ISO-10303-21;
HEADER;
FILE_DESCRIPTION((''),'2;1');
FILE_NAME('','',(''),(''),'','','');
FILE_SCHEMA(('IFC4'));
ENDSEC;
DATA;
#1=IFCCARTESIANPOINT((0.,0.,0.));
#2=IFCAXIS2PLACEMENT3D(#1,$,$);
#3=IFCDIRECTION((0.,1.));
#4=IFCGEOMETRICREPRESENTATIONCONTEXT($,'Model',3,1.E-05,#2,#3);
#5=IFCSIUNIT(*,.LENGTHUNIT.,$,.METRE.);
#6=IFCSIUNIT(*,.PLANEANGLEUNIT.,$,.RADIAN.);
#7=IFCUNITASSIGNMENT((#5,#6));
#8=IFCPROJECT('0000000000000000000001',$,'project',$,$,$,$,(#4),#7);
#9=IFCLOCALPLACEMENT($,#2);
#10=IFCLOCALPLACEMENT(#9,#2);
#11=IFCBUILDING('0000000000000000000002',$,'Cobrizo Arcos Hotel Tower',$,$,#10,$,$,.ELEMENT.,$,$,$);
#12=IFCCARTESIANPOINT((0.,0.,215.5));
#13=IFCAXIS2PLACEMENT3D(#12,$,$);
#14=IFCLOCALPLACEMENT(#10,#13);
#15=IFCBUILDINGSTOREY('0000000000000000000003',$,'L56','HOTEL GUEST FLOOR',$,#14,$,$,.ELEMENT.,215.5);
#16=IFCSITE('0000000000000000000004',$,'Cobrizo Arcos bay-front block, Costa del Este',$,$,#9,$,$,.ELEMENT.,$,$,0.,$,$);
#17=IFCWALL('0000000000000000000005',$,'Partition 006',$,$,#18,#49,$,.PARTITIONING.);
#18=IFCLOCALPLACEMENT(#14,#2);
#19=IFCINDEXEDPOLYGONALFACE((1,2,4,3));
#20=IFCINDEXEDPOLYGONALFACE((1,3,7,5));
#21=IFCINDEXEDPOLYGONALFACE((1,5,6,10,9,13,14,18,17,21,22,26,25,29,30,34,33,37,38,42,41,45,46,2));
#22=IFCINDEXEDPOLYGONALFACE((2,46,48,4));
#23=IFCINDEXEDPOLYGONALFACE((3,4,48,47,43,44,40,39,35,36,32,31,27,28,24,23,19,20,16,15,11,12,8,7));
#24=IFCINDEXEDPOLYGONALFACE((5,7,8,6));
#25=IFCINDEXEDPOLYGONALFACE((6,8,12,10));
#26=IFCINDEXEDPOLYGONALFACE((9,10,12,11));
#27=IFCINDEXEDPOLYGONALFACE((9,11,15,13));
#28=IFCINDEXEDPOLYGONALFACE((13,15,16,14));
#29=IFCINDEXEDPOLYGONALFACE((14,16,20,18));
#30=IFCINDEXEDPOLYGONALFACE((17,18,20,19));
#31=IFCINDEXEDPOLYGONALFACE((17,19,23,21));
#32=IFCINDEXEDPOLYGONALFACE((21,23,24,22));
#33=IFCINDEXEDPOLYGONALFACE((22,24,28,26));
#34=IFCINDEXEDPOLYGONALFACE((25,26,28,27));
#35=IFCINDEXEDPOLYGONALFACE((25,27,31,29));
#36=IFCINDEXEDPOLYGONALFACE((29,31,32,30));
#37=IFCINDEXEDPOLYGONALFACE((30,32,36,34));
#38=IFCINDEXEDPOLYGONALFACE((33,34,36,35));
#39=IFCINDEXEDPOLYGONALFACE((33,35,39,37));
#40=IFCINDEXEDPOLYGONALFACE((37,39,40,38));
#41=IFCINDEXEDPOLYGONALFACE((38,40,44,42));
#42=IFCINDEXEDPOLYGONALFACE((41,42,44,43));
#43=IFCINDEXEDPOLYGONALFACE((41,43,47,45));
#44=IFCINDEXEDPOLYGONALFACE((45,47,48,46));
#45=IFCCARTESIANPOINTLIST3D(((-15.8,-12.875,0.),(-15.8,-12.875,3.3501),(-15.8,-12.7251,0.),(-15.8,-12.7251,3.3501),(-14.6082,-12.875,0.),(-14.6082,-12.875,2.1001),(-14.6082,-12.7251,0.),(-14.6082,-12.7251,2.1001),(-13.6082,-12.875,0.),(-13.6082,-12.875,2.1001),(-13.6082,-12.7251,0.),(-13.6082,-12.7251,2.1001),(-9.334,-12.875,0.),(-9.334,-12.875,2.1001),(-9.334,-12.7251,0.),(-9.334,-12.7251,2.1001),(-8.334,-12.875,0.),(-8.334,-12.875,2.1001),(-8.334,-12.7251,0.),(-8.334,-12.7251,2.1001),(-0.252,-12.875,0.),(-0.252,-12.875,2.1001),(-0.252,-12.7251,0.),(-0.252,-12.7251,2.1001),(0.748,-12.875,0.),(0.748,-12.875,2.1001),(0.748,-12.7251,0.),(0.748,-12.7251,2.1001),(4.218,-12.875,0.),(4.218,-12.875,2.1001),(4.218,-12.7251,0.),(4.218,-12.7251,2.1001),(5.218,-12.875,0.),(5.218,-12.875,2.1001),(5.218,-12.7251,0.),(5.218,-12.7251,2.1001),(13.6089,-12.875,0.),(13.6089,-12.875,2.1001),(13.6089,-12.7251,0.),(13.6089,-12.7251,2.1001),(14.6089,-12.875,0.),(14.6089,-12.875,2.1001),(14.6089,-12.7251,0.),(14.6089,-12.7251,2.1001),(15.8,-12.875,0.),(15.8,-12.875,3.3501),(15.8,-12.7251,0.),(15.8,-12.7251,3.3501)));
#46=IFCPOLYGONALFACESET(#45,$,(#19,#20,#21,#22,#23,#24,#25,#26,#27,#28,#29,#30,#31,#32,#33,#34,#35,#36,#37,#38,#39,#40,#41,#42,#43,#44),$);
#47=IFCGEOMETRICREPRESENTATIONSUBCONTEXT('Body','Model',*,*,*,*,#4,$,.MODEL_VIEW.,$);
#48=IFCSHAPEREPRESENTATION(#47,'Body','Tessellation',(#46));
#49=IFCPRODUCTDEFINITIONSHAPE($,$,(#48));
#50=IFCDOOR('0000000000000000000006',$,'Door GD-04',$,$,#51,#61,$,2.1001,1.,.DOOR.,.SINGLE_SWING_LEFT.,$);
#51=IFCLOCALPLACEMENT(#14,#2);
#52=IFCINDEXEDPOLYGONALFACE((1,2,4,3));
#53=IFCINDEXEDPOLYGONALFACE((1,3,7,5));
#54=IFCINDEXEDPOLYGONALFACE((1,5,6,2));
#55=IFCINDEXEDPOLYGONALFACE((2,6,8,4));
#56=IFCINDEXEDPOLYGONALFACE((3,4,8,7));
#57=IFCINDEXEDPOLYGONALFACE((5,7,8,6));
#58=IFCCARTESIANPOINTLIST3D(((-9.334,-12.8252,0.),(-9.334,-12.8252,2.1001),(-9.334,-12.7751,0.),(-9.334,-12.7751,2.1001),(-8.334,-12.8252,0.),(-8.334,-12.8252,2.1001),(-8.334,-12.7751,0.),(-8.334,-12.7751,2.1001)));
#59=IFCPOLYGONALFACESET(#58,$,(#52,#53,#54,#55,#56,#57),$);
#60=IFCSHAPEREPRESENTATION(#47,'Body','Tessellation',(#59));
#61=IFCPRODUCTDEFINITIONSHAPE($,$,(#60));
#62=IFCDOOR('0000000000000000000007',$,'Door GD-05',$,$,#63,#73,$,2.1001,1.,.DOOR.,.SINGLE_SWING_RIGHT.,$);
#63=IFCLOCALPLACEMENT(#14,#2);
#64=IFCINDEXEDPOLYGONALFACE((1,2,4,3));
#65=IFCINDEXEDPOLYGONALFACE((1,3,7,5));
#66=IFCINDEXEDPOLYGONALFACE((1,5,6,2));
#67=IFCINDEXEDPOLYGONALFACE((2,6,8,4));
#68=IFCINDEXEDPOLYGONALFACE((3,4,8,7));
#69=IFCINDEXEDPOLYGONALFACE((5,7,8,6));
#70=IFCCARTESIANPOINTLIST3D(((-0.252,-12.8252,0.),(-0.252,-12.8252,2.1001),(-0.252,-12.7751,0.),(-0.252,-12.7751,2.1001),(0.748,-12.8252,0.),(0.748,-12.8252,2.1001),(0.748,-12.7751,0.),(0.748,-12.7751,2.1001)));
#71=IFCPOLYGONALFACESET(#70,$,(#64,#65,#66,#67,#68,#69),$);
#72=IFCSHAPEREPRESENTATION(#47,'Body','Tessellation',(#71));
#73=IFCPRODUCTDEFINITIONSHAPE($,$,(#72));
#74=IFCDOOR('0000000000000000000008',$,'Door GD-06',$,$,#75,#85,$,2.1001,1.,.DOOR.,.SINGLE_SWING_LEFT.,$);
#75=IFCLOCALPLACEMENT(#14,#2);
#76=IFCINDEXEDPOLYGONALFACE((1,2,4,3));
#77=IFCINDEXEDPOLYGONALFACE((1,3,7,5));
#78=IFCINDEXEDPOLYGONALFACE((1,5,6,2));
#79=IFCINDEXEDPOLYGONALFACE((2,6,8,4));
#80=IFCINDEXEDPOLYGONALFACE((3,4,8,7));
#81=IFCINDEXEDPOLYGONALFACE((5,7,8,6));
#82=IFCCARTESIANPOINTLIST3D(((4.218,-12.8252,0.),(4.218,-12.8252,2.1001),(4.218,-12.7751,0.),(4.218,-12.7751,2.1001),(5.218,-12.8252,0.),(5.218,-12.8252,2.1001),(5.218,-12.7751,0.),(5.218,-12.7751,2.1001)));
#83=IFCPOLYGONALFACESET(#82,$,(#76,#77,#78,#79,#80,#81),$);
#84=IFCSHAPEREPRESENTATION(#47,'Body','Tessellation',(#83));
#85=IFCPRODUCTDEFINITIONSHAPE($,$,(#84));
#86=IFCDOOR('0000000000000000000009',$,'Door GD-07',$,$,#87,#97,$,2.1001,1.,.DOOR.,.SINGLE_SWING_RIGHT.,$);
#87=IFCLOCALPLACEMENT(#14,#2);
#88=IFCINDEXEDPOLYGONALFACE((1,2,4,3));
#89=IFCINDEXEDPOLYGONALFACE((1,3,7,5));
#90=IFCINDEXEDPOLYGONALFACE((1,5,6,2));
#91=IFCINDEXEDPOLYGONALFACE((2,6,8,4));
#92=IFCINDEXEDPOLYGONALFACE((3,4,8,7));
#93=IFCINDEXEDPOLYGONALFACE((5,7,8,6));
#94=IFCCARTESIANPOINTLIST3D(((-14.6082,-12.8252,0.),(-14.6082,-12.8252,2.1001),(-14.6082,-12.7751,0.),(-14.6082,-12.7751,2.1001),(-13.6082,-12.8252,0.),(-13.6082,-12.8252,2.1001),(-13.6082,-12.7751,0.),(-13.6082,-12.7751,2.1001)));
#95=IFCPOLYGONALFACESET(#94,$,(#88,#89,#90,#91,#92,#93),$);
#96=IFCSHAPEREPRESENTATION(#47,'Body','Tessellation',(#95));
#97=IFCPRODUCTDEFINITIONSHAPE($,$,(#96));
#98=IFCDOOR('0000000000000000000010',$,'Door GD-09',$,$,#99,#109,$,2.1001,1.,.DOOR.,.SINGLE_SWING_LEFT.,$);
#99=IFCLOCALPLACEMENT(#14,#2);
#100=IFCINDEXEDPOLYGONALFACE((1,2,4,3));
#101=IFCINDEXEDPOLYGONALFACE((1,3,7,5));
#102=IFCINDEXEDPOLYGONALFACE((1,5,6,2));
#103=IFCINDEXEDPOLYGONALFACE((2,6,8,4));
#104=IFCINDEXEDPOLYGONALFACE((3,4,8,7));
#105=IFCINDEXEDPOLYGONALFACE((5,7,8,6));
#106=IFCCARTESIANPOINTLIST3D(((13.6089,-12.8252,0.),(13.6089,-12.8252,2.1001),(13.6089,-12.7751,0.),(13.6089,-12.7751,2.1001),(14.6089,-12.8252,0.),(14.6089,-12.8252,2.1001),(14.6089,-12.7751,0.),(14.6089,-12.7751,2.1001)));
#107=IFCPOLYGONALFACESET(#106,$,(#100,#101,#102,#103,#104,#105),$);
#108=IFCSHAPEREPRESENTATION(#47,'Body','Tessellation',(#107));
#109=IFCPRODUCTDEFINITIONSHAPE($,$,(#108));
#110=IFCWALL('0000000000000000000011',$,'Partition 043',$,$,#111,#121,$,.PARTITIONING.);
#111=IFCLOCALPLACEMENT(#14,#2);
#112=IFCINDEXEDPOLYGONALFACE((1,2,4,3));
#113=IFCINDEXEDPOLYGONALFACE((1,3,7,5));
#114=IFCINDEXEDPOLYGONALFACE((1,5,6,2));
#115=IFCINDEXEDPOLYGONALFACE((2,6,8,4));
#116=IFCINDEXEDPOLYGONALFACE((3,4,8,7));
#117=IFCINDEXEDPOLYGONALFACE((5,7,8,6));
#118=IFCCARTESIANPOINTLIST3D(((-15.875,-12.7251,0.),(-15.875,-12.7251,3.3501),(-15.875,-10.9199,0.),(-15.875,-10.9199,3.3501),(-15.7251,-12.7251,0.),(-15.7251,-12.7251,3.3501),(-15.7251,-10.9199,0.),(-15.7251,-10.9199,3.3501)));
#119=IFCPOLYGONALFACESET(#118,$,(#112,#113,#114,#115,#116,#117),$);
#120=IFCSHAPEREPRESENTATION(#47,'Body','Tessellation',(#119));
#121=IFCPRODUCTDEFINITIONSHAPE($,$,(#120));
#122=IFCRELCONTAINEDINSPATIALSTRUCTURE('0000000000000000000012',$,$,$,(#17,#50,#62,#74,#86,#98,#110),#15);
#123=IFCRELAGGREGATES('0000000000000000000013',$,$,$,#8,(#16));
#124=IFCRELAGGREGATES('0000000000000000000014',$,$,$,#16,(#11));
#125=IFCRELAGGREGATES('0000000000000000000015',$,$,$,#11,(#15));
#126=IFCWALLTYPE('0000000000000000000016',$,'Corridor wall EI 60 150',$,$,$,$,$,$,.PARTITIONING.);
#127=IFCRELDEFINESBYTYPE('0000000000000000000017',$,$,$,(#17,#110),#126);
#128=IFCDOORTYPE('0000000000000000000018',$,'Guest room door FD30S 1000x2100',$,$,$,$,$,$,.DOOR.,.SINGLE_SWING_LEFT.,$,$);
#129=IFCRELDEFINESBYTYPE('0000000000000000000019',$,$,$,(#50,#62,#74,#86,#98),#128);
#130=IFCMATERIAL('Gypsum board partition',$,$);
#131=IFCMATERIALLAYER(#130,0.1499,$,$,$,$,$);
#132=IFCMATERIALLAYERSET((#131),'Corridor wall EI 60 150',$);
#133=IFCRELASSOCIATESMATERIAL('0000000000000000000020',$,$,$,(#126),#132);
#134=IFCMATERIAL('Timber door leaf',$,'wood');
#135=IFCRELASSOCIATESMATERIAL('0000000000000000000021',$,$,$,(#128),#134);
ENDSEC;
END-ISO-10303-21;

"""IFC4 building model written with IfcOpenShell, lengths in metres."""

from ifc_helpers import new_model, si_unit, direction, frame, frame_2d, origin, place, context, subcontext, project, spatial, rectangle, extrude, material, layer, layer_set, type_object, element, fill, save


model = new_model("IFC4")

# Units and contexts
model_context = context("Model", 3, precision=1e-05, world=origin(), true_north=direction((0.0, 1.0)))
body_context = subcontext(model_context, "Body", "Model", "MODEL_VIEW")
ifc_project = project(units=[si_unit("LENGTHUNIT", "METRE"), si_unit("PLANEANGLEUNIT", "RADIAN")], contexts=[model_context])

# Site, building, storey
site_placement = place(None, origin())
site = spatial("IfcSite", under=ifc_project, at=site_placement, Name="Cobrizo Arcos bay-front block, Costa del Este", CompositionType="ELEMENT", RefElevation=0.0)
building_placement = place(site_placement, origin())
building = spatial("IfcBuilding", under=site, at=building_placement, Name="Cobrizo Arcos Hotel Tower", CompositionType="ELEMENT")
storey_placement = place(building_placement, frame((0.0, 0.0, 215.5)))
storey = spatial("IfcBuildingStorey", under=building, at=storey_placement, Name="L56", Description="HOTEL GUEST FLOOR", CompositionType="ELEMENT", Elevation=215.5)

# Wall, openings, doors
ifc_material_1 = material(Name="Gypsum board partition")
ifc_layer_1 = layer(ifc_material_1, 0.1499)
ifc_layer_set_1 = layer_set([ifc_layer_1], Name="Corridor wall EI 60 150")
wall_type_1 = type_object("IfcWallType", Name="Corridor wall EI 60 150", PredefinedType="PARTITIONING", material=ifc_layer_set_1)
wall_1_placement = place(storey_placement, frame((-15.8, -12.8, 0.0), z_axis=(0.0, 0.0, 1.0), x_axis=(1.0, 0.0, 0.0)))
wall_1 = element("IfcWall", 1, at=wall_1_placement, inside=storey, type_object=wall_type_1, Name="Partition 006", PredefinedType="PARTITIONING", context=body_context, shape_type="SweptSolid", body=[
    extrude(rectangle(XDim=31.6001, YDim=0.1499, at=frame_2d((15.8, 0.0))), origin(), (0.0, 0.0, 1.0), 3.3501),
])
opening_1_placement = place(wall_1_placement, frame((6.4661, 0.0, 0.0)))
opening_1 = element("IfcOpeningElement", 2, at=opening_1_placement, cuts=wall_1, PredefinedType="OPENING", context=body_context, shape_type="SweptSolid", body=[
    extrude(rectangle(XDim=1.0, YDim=2.1001, at=frame_2d((0.5, 1.05))), frame((0.0, 0.0869, 0.0), z_axis=(0.0, -1.0, 0.0), x_axis=(1.0, 0.0, 0.0)), (0.0, 0.0, 1.0), 0.1738),
])
opening_2_placement = place(wall_1_placement, frame((15.5481, 0.0, 0.0)))
opening_2 = element("IfcOpeningElement", 3, at=opening_2_placement, cuts=wall_1, PredefinedType="OPENING", context=body_context, shape_type="SweptSolid", body=[
    extrude(rectangle(XDim=1.0, YDim=2.1001, at=frame_2d((0.5, 1.05))), frame((0.0, 0.0869, 0.0), z_axis=(0.0, -1.0, 0.0), x_axis=(1.0, 0.0, 0.0)), (0.0, 0.0, 1.0), 0.1738),
])
opening_3_placement = place(wall_1_placement, frame((20.0181, 0.0, 0.0)))
opening_3 = element("IfcOpeningElement", 4, at=opening_3_placement, cuts=wall_1, PredefinedType="OPENING", context=body_context, shape_type="SweptSolid", body=[
    extrude(rectangle(XDim=1.0, YDim=2.1001, at=frame_2d((0.5, 1.05))), frame((0.0, 0.0869, 0.0), z_axis=(0.0, -1.0, 0.0), x_axis=(1.0, 0.0, 0.0)), (0.0, 0.0, 1.0), 0.1738),
])
opening_4_placement = place(wall_1_placement, frame((1.1919, 0.0, 0.0)))
opening_4 = element("IfcOpeningElement", 5, at=opening_4_placement, cuts=wall_1, PredefinedType="OPENING", context=body_context, shape_type="SweptSolid", body=[
    extrude(rectangle(XDim=1.0, YDim=2.1001, at=frame_2d((0.5, 1.05))), frame((0.0, 0.0869, 0.0), z_axis=(0.0, -1.0, 0.0), x_axis=(1.0, 0.0, 0.0)), (0.0, 0.0, 1.0), 0.1738),
])
opening_5_placement = place(wall_1_placement, frame((29.4089, 0.0, 0.0)))
opening_5 = element("IfcOpeningElement", 6, at=opening_5_placement, cuts=wall_1, PredefinedType="OPENING", context=body_context, shape_type="SweptSolid", body=[
    extrude(rectangle(XDim=1.0, YDim=2.1001, at=frame_2d((0.5, 1.05))), frame((0.0, 0.0869, 0.0), z_axis=(0.0, -1.0, 0.0), x_axis=(1.0, 0.0, 0.0)), (0.0, 0.0, 1.0), 0.1738),
])
ifc_material_2 = material(Name="Timber door leaf", Category="wood")
door_type_1 = type_object("IfcDoorType", Name="Guest room door FD30S 1000x2100", OperationType="SINGLE_SWING_LEFT", PredefinedType="DOOR", material=ifc_material_2)
door_1_placement = place(opening_1_placement, origin())
door_1 = element("IfcDoor", 7, at=door_1_placement, inside=storey, type_object=door_type_1, Name="Door GD-04", OperationType="SINGLE_SWING_LEFT", OverallHeight=2.1001, OverallWidth=1.0, PredefinedType="DOOR", context=body_context, shape_type="SweptSolid", body=[
    extrude(rectangle(XDim=1.0, YDim=2.1001, at=frame_2d((0.5, 1.05))), frame((0.0, 0.0249, 0.0), z_axis=(0.0, -1.0, 0.0), x_axis=(1.0, 0.0, 0.0)), (0.0, 0.0, 1.0), 0.05),
])
fill(opening_1, door_1)
door_2_placement = place(opening_2_placement, origin())
door_2 = element("IfcDoor", 8, at=door_2_placement, inside=storey, type_object=door_type_1, Name="Door GD-05", OperationType="SINGLE_SWING_RIGHT", OverallHeight=2.1001, OverallWidth=1.0, PredefinedType="DOOR", context=body_context, shape_type="SweptSolid", body=[
    extrude(rectangle(XDim=1.0, YDim=2.1001, at=frame_2d((0.5, 1.05))), frame((0.0, 0.0249, 0.0), z_axis=(0.0, -1.0, 0.0), x_axis=(1.0, 0.0, 0.0)), (0.0, 0.0, 1.0), 0.05),
])
fill(opening_2, door_2)
door_3_placement = place(opening_3_placement, origin())
door_3 = element("IfcDoor", 9, at=door_3_placement, inside=storey, type_object=door_type_1, Name="Door GD-06", OperationType="SINGLE_SWING_LEFT", OverallHeight=2.1001, OverallWidth=1.0, PredefinedType="DOOR", context=body_context, shape_type="SweptSolid", body=[
    extrude(rectangle(XDim=1.0, YDim=2.1001, at=frame_2d((0.5, 1.05))), frame((0.0, 0.0249, 0.0), z_axis=(0.0, -1.0, 0.0), x_axis=(1.0, 0.0, 0.0)), (0.0, 0.0, 1.0), 0.05),
])
fill(opening_3, door_3)
door_4_placement = place(opening_4_placement, origin())
door_4 = element("IfcDoor", 10, at=door_4_placement, inside=storey, type_object=door_type_1, Name="Door GD-07", OperationType="SINGLE_SWING_RIGHT", OverallHeight=2.1001, OverallWidth=1.0, PredefinedType="DOOR", context=body_context, shape_type="SweptSolid", body=[
    extrude(rectangle(XDim=1.0, YDim=2.1001, at=frame_2d((0.5, 1.05))), frame((0.0, 0.0249, 0.0), z_axis=(0.0, -1.0, 0.0), x_axis=(1.0, 0.0, 0.0)), (0.0, 0.0, 1.0), 0.05),
])
fill(opening_4, door_4)
door_5_placement = place(opening_5_placement, origin())
door_5 = element("IfcDoor", 11, at=door_5_placement, inside=storey, type_object=door_type_1, Name="Door GD-09", OperationType="SINGLE_SWING_LEFT", OverallHeight=2.1001, OverallWidth=1.0, PredefinedType="DOOR", context=body_context, shape_type="SweptSolid", body=[
    extrude(rectangle(XDim=1.0, YDim=2.1001, at=frame_2d((0.5, 1.05))), frame((0.0, 0.0249, 0.0), z_axis=(0.0, -1.0, 0.0), x_axis=(1.0, 0.0, 0.0)), (0.0, 0.0, 1.0), 0.05),
])
fill(opening_5, door_5)

# Wall
wall_2_placement = place(storey_placement, frame((-15.8, -12.7251, 0.0), z_axis=(0.0, 0.0, 1.0), x_axis=(0.0, 1.0, 0.0)))
element("IfcWall", 12, at=wall_2_placement, inside=storey, type_object=wall_type_1, Name="Partition 043", PredefinedType="PARTITIONING", context=body_context, shape_type="SweptSolid", body=[
    extrude(rectangle(XDim=1.8052, YDim=0.1499, at=frame_2d((0.9026, 0.0))), origin(), (0.0, 0.0, 1.0), 3.3501),
])

save(model, "model.ifc")
